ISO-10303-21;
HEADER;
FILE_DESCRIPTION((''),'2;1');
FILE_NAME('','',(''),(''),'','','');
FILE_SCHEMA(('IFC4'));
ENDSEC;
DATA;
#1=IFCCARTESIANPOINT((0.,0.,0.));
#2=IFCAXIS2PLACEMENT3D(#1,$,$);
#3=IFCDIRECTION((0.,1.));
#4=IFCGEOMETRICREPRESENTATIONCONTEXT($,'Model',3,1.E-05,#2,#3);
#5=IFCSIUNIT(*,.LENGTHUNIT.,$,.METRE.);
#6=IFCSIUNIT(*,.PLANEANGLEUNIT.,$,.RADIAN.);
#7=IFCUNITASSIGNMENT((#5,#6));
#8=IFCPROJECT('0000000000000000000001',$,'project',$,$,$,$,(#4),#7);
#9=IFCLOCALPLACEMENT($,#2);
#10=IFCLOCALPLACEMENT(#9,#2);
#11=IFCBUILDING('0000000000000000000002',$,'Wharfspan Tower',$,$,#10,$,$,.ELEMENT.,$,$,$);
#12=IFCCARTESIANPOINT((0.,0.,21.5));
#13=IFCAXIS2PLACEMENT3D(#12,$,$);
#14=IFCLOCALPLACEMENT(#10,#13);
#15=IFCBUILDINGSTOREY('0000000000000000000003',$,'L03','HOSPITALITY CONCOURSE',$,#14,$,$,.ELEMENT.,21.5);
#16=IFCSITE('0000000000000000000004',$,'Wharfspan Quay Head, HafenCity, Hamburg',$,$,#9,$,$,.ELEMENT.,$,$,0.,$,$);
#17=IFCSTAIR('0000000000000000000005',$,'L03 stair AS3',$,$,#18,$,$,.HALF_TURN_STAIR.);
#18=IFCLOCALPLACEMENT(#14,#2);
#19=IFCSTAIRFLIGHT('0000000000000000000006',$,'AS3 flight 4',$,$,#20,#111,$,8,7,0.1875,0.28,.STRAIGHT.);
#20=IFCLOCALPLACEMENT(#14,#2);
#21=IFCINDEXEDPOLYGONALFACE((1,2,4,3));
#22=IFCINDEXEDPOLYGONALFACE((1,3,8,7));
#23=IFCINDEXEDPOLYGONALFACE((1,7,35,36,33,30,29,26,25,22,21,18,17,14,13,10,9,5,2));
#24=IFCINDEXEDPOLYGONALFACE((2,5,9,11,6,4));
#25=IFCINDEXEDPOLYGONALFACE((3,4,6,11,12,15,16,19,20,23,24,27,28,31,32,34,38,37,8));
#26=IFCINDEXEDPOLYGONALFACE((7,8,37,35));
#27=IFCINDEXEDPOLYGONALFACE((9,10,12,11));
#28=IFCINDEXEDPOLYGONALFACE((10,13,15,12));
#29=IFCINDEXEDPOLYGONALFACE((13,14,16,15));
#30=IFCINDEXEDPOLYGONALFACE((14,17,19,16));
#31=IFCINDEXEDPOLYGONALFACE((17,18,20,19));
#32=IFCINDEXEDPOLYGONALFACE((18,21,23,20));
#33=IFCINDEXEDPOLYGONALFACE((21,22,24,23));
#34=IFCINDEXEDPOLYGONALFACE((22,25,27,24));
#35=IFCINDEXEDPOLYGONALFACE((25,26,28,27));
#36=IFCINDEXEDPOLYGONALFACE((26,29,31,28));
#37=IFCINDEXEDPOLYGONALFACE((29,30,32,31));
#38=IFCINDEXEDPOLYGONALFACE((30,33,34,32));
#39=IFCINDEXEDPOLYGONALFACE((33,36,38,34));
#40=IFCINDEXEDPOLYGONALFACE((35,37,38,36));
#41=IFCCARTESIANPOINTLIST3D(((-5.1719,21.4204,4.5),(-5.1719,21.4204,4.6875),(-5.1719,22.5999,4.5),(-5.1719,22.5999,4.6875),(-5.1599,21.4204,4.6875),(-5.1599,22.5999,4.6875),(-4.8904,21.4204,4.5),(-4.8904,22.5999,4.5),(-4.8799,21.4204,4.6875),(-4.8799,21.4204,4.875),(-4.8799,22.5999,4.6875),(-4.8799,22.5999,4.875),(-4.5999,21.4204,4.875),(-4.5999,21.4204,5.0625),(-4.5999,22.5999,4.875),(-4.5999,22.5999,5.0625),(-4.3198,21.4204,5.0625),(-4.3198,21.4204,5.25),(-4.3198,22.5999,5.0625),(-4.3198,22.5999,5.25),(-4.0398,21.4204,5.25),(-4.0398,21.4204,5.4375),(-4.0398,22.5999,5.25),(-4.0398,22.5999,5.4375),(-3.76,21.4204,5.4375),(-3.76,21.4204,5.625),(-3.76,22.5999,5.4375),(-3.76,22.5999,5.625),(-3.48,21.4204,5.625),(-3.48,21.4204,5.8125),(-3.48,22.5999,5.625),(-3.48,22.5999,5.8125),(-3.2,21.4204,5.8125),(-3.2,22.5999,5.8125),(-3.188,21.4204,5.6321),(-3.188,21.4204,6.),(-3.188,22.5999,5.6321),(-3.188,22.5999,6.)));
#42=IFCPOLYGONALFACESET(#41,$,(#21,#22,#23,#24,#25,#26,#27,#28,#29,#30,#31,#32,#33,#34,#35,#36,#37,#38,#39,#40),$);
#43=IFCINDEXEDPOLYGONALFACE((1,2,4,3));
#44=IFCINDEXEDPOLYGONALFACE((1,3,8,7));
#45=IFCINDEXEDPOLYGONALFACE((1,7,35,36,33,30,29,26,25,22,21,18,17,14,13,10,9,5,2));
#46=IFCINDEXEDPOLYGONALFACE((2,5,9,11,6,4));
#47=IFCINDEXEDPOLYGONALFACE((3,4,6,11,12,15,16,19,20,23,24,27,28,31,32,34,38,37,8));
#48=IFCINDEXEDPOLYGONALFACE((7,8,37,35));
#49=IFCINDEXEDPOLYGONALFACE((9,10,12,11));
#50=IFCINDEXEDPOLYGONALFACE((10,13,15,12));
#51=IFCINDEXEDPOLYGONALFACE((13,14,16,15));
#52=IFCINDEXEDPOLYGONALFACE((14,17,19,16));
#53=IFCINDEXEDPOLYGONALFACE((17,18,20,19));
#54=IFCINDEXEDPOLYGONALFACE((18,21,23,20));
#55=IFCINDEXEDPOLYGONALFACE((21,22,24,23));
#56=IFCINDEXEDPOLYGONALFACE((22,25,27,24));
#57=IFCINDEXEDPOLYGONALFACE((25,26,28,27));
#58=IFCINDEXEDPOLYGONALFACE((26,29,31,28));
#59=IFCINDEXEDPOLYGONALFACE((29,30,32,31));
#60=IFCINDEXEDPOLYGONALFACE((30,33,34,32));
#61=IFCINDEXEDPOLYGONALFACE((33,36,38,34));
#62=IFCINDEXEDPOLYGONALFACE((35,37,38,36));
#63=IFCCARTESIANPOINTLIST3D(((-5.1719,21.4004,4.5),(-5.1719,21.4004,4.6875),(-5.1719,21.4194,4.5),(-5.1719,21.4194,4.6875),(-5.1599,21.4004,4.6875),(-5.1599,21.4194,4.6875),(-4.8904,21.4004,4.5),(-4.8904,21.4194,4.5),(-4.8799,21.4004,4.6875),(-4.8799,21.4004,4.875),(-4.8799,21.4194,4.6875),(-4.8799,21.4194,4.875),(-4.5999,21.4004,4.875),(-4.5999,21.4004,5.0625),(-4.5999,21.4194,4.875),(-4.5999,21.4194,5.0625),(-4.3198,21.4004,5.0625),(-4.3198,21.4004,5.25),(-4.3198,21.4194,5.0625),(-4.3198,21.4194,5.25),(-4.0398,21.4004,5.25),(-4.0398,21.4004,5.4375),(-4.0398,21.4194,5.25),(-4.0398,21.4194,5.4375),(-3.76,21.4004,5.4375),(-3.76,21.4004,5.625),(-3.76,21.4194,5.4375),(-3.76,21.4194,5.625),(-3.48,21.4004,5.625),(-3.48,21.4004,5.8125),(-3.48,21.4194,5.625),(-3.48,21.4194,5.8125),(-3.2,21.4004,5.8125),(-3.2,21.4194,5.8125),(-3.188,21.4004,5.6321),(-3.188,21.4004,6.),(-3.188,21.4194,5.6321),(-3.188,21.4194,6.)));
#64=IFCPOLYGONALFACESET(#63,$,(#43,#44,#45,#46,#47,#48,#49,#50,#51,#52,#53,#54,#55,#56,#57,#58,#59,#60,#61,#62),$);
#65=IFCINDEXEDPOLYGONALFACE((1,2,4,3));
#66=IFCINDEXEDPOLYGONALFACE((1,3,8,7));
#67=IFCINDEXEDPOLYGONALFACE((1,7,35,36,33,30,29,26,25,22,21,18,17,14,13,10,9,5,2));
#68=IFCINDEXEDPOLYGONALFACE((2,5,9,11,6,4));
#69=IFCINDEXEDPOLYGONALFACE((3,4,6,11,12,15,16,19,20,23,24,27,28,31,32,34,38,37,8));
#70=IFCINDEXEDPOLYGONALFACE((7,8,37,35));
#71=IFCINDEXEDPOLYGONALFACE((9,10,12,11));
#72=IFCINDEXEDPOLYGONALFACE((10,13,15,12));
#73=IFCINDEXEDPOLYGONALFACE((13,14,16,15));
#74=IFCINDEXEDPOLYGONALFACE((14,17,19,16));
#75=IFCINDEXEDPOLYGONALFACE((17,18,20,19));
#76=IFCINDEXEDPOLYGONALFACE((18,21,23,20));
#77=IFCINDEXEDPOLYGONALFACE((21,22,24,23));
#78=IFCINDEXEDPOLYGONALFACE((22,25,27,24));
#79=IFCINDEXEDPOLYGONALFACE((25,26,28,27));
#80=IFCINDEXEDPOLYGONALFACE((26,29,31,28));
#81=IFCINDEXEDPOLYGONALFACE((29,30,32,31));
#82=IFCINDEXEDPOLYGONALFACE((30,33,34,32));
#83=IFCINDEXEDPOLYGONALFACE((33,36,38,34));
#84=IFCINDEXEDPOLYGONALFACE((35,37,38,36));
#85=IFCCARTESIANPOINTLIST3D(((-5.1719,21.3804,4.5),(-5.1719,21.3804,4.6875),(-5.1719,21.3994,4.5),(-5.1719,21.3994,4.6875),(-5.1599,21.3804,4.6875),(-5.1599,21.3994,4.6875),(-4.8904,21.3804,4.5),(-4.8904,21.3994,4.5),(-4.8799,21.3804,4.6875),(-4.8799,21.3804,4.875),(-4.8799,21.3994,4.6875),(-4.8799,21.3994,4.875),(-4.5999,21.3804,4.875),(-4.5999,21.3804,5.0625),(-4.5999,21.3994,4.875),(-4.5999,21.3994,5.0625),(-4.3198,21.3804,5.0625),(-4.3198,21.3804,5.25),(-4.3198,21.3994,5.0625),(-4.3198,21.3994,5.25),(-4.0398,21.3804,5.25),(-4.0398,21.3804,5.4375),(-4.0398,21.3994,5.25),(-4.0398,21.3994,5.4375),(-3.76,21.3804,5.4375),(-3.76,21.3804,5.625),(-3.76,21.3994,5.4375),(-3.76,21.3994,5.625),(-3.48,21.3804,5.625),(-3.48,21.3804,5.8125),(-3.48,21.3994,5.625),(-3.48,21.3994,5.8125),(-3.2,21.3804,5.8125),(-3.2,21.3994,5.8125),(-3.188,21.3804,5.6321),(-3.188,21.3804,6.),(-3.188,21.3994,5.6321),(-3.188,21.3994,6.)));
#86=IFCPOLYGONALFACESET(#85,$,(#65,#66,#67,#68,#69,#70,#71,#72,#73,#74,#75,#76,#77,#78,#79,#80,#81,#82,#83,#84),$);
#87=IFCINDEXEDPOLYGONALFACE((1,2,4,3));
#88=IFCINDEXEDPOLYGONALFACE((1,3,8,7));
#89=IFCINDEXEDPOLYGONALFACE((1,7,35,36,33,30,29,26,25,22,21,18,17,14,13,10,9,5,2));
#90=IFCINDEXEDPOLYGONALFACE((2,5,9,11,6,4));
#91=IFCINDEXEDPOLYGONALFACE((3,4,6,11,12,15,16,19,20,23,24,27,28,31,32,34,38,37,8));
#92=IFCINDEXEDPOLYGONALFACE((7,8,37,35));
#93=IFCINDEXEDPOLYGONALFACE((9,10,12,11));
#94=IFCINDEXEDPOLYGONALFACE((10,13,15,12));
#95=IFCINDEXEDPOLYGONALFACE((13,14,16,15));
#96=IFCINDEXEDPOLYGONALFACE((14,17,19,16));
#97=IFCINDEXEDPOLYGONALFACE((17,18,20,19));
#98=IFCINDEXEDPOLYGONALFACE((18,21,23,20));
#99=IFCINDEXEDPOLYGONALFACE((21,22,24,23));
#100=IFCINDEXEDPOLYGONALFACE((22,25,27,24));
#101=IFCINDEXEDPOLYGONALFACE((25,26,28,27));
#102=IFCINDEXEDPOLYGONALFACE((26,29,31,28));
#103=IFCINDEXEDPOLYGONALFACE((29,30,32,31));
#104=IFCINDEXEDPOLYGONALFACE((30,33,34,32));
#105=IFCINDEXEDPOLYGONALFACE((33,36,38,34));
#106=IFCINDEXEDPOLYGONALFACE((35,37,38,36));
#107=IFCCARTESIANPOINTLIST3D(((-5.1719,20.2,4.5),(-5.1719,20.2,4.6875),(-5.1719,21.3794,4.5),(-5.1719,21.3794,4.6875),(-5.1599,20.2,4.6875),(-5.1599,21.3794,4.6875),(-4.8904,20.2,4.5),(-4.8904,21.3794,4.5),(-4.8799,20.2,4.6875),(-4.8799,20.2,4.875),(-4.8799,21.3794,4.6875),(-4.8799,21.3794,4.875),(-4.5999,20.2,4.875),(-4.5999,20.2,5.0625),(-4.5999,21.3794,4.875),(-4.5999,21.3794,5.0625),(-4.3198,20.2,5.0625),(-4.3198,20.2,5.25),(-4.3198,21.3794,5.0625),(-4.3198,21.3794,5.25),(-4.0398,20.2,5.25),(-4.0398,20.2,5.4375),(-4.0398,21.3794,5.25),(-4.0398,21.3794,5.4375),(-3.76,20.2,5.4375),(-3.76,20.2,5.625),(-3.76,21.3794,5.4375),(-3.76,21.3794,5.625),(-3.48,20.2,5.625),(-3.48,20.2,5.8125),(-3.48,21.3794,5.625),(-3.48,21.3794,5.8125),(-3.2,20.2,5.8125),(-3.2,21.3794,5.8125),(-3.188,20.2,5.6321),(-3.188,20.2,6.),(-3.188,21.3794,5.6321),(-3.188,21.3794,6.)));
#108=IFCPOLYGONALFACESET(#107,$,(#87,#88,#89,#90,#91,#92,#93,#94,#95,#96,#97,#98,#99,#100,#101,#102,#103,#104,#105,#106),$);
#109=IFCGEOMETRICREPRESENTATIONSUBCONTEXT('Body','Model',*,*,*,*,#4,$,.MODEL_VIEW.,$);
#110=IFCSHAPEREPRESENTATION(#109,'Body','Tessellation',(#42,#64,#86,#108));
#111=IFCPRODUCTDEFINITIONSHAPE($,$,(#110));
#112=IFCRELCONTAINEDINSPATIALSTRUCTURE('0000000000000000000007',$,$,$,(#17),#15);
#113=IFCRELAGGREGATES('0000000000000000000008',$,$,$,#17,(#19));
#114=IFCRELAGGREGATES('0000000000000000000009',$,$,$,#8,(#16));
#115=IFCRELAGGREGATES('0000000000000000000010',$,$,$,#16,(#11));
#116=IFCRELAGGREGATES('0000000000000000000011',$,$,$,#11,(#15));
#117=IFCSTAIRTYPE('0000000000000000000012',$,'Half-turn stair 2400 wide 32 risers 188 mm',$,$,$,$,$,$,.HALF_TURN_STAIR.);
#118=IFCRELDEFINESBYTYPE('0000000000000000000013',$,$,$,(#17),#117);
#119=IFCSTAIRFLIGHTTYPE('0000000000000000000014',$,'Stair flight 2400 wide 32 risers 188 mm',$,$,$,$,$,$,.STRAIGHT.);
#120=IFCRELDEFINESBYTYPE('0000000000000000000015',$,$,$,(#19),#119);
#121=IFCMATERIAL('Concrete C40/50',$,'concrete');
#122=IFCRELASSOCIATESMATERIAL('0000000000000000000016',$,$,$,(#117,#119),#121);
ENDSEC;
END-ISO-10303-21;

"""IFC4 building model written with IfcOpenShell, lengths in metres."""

from ifc_helpers import new_model, si_unit, direction, frame, origin, place, context, subcontext, project, spatial, polyline, outline, extrude, material, type_object, element, aggregate, save


model = new_model("IFC4")

# Units and contexts
model_context = context("Model", 3, precision=1e-05, world=origin(), true_north=direction((0.0, 1.0)))
body_context = subcontext(model_context, "Body", "Model", "MODEL_VIEW")
ifc_project = project(units=[si_unit("LENGTHUNIT", "METRE"), si_unit("PLANEANGLEUNIT", "RADIAN")], contexts=[model_context])

# Site, building, storey
site_placement = place(None, origin())
site = spatial("IfcSite", under=ifc_project, at=site_placement, Name="Wharfspan Quay Head, HafenCity, Hamburg", CompositionType="ELEMENT", RefElevation=0.0)
building_placement = place(site_placement, origin())
building = spatial("IfcBuilding", under=site, at=building_placement, Name="Wharfspan Tower", CompositionType="ELEMENT")
storey_placement = place(building_placement, frame((0.0, 0.0, 21.5)))
storey = spatial("IfcBuildingStorey", under=building, at=storey_placement, Name="L03", Description="HOSPITALITY CONCOURSE", CompositionType="ELEMENT", Elevation=21.5)

# Stair, stair flight
ifc_material_1 = material(Name="Concrete C40/50", Category="concrete")
stair_type = type_object("IfcStairType", Name="Half-turn stair 2400 wide 32 risers 188 mm", PredefinedType="HALF_TURN_STAIR", material=ifc_material_1)
stair_1_placement = place(storey_placement, origin())
stair_1 = element("IfcStair", 1, at=stair_1_placement, inside=storey, type_object=stair_type, Name="L03 stair AS3", PredefinedType="HALF_TURN_STAIR")
stair_flight_type = type_object("IfcStairFlightType", Name="Stair flight 2400 wide 32 risers 188 mm", PredefinedType="STRAIGHT", material=ifc_material_1)
stair_flight_1_placement = place(storey_placement, frame((-5.1599, 21.3999, 4.5), z_axis=(0.0, 0.0, 1.0), x_axis=(1.0, 0.0, 0.0)))
stair_flight_1 = element("IfcStairFlight", 2, at=stair_flight_1_placement, type_object=stair_flight_type, Name="AS3 flight 4", NumberOfRisers=8, NumberOfTreads=7, PredefinedType="STRAIGHT", RiserHeight=0.1875, TreadLength=0.28, context=body_context, shape_type="SweptSolid", body=[
    extrude(outline(polyline([(-0.012, 0.0), (-0.012, 0.1875), (0.0, 0.1875), (0.28, 0.1875), (0.28, 0.375), (0.5601, 0.375), (0.5601, 0.5625), (0.8401, 0.5625), (0.8401, 0.75), (1.1201, 0.75), (1.1201, 0.9375), (1.3999, 0.9375), (1.3999, 1.125), (1.6799, 1.125), (1.6799, 1.3125), (1.96, 1.3125), (1.9719, 1.5), (1.9719, 1.1321), (0.2695, 0.0), (-0.012, 0.0)])), frame((0.0, 1.2, 0.0), z_axis=(0.0, -1.0, 0.0), x_axis=(1.0, 0.0, 0.0)), (0.0, 0.0, 1.0), 1.1794),
    extrude(outline(polyline([(-0.012, 0.0), (-0.012, 0.1875), (0.0, 0.1875), (0.28, 0.1875), (0.28, 0.375), (0.5601, 0.375), (0.5601, 0.5625), (0.8401, 0.5625), (0.8401, 0.75), (1.1201, 0.75), (1.1201, 0.9375), (1.3999, 0.9375), (1.3999, 1.125), (1.6799, 1.125), (1.6799, 1.3125), (1.96, 1.3125), (1.9719, 1.5), (1.9719, 1.1321), (0.2695, 0.0), (-0.012, 0.0)])), frame((0.0, 0.0195, 0.0), z_axis=(0.0, -1.0, 0.0), x_axis=(1.0, 0.0, 0.0)), (0.0, 0.0, 1.0), 0.019),
    extrude(outline(polyline([(-0.012, 0.0), (-0.012, 0.1875), (0.0, 0.1875), (0.28, 0.1875), (0.28, 0.375), (0.5601, 0.375), (0.5601, 0.5625), (0.8401, 0.5625), (0.8401, 0.75), (1.1201, 0.75), (1.1201, 0.9375), (1.3999, 0.9375), (1.3999, 1.125), (1.6799, 1.125), (1.6799, 1.3125), (1.96, 1.3125), (1.9719, 1.5), (1.9719, 1.1321), (0.2695, 0.0), (-0.012, 0.0)])), frame((0.0, -0.0005, 0.0), z_axis=(0.0, -1.0, 0.0), x_axis=(1.0, 0.0, 0.0)), (0.0, 0.0, 1.0), 0.019),
    extrude(outline(polyline([(-0.012, 0.0), (-0.012, 0.1875), (0.0, 0.1875), (0.28, 0.1875), (0.28, 0.375), (0.5601, 0.375), (0.5601, 0.5625), (0.8401, 0.5625), (0.8401, 0.75), (1.1201, 0.75), (1.1201, 0.9375), (1.3999, 0.9375), (1.3999, 1.125), (1.6799, 1.125), (1.6799, 1.3125), (1.96, 1.3125), (1.9719, 1.5), (1.9719, 1.1321), (0.2695, 0.0), (-0.012, 0.0)])), frame((0.0, -0.0205, 0.0), z_axis=(0.0, -1.0, 0.0), x_axis=(1.0, 0.0, 0.0)), (0.0, 0.0, 1.0), 1.1794),
])
aggregate(stair_1, [stair_flight_1])

save(model, "model.ifc")
